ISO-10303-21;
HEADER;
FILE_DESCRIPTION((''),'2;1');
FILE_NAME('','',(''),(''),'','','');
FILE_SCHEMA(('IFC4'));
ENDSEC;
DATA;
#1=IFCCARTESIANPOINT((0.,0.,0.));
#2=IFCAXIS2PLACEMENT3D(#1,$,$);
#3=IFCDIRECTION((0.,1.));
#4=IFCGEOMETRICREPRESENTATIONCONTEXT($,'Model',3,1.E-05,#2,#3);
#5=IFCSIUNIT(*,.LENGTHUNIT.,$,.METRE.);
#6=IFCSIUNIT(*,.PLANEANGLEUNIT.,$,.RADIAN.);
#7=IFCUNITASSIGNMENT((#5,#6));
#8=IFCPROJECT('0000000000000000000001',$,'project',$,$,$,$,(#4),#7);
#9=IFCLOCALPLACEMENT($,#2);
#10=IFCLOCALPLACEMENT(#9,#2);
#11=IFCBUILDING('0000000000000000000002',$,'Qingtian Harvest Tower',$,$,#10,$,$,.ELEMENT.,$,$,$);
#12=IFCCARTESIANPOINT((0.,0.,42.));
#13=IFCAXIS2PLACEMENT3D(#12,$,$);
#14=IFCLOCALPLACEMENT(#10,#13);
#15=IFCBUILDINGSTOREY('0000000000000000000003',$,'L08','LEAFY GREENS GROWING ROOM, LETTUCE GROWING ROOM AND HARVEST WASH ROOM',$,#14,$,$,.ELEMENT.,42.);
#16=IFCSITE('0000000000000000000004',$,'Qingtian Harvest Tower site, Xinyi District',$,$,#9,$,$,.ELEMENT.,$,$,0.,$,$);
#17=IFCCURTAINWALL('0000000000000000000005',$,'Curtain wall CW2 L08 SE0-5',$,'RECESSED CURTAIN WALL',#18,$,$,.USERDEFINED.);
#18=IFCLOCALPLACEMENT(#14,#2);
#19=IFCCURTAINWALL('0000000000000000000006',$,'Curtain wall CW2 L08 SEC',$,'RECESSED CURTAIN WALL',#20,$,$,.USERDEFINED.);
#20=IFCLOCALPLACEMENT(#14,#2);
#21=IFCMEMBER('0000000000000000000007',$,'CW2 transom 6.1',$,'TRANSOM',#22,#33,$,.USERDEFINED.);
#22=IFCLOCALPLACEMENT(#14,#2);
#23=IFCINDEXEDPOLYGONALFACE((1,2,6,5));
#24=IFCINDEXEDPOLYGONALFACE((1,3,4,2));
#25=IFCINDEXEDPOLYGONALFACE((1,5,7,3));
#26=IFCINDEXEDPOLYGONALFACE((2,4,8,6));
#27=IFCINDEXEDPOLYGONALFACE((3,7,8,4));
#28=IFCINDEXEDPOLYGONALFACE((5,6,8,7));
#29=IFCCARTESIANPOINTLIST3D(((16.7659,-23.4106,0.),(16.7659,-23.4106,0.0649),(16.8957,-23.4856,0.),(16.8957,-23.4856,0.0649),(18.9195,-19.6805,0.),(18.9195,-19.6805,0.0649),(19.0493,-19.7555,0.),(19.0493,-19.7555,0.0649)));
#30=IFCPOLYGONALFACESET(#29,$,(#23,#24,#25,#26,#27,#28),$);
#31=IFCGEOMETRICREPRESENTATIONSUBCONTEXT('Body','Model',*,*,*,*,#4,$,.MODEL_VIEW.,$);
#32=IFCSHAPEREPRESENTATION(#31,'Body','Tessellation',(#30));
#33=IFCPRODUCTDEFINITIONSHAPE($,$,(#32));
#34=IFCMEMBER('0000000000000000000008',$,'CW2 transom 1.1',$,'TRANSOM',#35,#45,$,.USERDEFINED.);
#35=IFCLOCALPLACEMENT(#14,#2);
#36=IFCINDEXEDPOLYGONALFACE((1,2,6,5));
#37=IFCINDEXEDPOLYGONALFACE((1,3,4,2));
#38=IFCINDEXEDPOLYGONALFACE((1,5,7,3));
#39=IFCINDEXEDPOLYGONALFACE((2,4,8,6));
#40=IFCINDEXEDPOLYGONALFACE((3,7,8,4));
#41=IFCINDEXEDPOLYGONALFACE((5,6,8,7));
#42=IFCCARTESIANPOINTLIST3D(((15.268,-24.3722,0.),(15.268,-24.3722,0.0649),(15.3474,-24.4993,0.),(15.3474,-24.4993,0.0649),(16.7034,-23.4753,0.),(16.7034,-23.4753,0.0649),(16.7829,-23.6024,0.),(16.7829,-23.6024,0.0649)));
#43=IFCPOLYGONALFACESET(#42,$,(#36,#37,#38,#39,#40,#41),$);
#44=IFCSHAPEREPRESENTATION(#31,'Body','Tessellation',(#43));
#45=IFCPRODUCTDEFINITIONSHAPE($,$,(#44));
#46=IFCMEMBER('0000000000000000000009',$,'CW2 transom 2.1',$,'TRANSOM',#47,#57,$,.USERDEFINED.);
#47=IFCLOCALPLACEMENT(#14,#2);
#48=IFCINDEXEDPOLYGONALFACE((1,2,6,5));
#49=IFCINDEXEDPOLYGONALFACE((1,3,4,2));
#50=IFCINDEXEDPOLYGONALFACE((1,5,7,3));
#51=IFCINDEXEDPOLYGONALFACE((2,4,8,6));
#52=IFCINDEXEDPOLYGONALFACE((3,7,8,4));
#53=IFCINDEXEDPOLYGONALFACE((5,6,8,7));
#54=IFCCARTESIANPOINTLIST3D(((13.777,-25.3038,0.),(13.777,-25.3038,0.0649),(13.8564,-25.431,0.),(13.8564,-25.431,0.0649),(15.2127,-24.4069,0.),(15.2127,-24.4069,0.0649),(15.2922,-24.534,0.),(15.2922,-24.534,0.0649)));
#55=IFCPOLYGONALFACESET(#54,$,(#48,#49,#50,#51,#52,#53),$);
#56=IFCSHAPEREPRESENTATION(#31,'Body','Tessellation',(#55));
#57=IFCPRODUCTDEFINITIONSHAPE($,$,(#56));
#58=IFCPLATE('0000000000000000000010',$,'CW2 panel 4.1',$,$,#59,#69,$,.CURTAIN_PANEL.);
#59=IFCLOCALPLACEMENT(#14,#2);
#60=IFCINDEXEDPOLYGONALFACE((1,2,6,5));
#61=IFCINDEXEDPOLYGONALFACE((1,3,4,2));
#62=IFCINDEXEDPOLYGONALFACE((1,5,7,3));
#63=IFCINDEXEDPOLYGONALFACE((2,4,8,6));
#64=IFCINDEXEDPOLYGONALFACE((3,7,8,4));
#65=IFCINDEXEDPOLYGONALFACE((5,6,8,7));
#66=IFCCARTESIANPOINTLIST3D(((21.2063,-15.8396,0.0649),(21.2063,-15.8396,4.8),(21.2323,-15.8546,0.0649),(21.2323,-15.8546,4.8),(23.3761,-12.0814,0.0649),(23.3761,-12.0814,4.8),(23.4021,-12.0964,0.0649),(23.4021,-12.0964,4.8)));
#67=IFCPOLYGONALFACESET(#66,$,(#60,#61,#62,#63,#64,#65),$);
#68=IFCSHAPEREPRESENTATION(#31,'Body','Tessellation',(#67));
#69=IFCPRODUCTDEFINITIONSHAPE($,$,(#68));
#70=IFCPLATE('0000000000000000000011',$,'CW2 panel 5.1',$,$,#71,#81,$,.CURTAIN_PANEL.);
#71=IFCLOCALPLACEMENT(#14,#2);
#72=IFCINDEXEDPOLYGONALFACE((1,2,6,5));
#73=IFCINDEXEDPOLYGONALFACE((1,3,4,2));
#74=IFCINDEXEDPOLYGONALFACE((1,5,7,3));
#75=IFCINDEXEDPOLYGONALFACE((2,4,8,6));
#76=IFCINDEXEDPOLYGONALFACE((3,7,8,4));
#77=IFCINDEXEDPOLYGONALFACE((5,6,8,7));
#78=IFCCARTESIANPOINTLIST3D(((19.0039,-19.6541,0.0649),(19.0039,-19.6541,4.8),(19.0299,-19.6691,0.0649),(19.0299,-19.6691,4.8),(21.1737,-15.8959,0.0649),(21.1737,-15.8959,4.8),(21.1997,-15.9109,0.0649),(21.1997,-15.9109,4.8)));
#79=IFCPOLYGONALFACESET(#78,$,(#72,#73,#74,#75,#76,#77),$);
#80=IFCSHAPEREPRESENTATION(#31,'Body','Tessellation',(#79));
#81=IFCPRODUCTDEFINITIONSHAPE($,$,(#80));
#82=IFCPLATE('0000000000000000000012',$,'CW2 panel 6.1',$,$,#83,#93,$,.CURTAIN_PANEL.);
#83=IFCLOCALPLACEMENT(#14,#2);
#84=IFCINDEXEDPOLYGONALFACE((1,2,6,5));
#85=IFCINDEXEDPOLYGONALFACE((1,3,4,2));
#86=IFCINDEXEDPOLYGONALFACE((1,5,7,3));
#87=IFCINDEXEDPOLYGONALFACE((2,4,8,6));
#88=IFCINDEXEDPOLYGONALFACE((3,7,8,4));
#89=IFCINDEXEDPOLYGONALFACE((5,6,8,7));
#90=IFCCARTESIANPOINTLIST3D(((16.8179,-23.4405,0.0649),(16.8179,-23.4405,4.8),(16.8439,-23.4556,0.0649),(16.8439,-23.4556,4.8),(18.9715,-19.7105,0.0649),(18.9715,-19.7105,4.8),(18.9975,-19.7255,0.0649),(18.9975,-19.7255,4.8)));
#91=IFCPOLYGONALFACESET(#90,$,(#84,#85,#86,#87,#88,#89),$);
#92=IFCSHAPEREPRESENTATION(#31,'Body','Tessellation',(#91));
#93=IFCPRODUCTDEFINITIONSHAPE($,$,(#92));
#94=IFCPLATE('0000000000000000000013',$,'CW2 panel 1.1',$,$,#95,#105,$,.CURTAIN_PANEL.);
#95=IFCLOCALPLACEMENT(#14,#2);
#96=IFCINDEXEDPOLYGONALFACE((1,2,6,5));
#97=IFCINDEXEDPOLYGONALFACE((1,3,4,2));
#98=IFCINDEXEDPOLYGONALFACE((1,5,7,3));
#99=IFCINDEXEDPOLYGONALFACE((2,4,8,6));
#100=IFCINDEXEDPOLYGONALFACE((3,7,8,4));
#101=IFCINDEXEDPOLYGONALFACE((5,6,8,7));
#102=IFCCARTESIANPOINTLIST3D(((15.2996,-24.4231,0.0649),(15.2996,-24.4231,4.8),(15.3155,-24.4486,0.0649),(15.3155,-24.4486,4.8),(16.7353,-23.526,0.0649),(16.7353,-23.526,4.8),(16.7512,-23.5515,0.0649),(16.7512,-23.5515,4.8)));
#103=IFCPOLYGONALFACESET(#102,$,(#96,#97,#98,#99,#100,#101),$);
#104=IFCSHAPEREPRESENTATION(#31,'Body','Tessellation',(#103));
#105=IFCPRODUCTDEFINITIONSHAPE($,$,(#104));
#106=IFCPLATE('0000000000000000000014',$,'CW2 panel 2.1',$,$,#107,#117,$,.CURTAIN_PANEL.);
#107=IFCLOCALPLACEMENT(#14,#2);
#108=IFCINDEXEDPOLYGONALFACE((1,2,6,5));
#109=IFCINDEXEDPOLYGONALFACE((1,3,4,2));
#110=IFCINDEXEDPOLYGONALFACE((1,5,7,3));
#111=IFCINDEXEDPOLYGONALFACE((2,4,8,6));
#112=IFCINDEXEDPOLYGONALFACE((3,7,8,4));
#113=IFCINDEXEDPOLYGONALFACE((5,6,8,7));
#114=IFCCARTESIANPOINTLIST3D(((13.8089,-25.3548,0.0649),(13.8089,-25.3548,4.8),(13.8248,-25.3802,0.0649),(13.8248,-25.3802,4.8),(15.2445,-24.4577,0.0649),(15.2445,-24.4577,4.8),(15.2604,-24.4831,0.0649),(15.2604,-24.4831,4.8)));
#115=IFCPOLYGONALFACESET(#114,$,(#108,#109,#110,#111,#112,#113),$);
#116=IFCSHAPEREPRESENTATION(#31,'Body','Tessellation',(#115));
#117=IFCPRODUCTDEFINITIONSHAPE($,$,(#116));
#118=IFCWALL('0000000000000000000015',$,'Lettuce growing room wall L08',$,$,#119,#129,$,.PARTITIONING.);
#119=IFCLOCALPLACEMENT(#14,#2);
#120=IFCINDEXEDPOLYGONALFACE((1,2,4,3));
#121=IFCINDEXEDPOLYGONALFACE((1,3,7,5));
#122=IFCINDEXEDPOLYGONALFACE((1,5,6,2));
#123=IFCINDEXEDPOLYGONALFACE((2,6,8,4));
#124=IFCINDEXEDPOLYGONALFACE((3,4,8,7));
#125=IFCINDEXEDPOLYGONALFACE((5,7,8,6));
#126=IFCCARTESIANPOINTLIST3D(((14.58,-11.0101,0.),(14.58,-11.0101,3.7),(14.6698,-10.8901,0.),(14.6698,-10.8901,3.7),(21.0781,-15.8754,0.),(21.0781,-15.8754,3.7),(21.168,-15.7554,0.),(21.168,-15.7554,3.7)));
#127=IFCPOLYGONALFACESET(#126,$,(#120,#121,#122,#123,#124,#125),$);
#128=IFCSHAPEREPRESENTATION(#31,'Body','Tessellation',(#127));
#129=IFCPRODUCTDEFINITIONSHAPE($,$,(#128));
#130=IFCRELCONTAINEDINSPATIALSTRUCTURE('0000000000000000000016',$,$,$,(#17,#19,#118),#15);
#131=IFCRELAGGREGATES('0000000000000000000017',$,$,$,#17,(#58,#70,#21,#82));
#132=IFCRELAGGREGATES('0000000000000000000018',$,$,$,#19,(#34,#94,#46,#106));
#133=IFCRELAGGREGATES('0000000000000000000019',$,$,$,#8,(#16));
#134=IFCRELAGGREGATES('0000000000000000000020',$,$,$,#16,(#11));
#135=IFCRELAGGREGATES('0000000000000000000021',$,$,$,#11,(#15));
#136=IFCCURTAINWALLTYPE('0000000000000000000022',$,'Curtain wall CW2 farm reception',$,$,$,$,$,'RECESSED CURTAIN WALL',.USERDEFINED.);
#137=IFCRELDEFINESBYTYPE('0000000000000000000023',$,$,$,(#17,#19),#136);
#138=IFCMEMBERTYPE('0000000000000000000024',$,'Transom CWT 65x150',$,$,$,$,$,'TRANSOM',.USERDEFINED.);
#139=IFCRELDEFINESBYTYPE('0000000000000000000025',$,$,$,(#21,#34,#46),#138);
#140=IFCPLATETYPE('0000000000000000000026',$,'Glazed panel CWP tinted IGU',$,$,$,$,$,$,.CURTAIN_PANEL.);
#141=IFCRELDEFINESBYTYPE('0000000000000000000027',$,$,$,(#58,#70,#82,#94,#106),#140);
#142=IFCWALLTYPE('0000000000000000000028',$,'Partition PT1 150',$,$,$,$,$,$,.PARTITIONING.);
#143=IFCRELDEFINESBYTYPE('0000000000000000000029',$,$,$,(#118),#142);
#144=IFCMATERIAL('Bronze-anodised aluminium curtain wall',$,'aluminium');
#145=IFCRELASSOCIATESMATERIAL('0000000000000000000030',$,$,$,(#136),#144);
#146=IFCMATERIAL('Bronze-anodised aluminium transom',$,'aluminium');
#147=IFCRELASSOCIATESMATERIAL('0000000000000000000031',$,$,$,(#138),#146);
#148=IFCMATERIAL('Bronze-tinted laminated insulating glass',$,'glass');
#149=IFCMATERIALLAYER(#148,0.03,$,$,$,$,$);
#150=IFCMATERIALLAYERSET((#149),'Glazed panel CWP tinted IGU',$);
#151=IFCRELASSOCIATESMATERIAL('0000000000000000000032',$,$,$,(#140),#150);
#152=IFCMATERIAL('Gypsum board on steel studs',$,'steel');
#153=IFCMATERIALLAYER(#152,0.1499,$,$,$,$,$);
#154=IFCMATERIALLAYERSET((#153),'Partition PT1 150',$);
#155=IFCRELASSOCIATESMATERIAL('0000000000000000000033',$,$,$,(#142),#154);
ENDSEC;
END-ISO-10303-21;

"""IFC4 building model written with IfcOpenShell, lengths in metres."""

from ifc_helpers import new_model, si_unit, direction, frame, frame_2d, origin, origin_2d, place, context, subcontext, project, spatial, rectangle, extrude, material, layer, layer_set, material_profile, profile_set, type_object, element, aggregate, save


model = new_model("IFC4")

# Units and contexts
model_context = context("Model", 3, precision=1e-05, world=origin(), true_north=direction((0.0, 1.0)))
body_context = subcontext(model_context, "Body", "Model", "MODEL_VIEW")
ifc_project = project(units=[si_unit("LENGTHUNIT", "METRE"), si_unit("PLANEANGLEUNIT", "RADIAN")], contexts=[model_context])

# Site, building, storey
site_placement = place(None, origin())
site = spatial("IfcSite", under=ifc_project, at=site_placement, Name="Qingtian Harvest Tower site, Xinyi District", CompositionType="ELEMENT", RefElevation=0.0)
building_placement = place(site_placement, origin())
building = spatial("IfcBuilding", under=site, at=building_placement, Name="Qingtian Harvest Tower", CompositionType="ELEMENT")
storey_placement = place(building_placement, frame((0.0, 0.0, 42.0)))
storey = spatial("IfcBuildingStorey", under=building, at=storey_placement, Name="L08", Description="LEAFY GREENS GROWING ROOM, LETTUCE GROWING ROOM AND HARVEST WASH ROOM", CompositionType="ELEMENT", Elevation=42.0)

# Curtain walls
ifc_material_1 = material(Name="Bronze-anodised aluminium curtain wall", Category="aluminium")
curtain_wall_type = type_object("IfcCurtainWallType", Name="Curtain wall CW2 farm reception", ElementType="RECESSED CURTAIN WALL", PredefinedType="USERDEFINED", material=ifc_material_1)
curtain_wall_1_placement = place(storey_placement, origin())
curtain_wall_1 = element("IfcCurtainWall", 1, at=curtain_wall_1_placement, inside=storey, type_object=curtain_wall_type, Name="Curtain wall CW2 L08 SE0-5", ObjectType="RECESSED CURTAIN WALL", PredefinedType="USERDEFINED")
curtain_wall_2_placement = place(storey_placement, origin())
curtain_wall_2 = element("IfcCurtainWall", 2, at=curtain_wall_2_placement, inside=storey, type_object=curtain_wall_type, Name="Curtain wall CW2 L08 SEC", ObjectType="RECESSED CURTAIN WALL", PredefinedType="USERDEFINED")

# Members
ifc_material_2 = material(Name="Bronze-anodised aluminium transom", Category="aluminium")
ifc_material_profile_1 = material_profile(ifc_material_2, rectangle(XDim=0.1499, YDim=0.0649, at=origin_2d()), Name="AL 65x150")
ifc_profile_set_1 = profile_set([ifc_material_profile_1], Name="Bronze-anodised aluminium transom")
member_type_1 = type_object("IfcMemberType", Name="Transom CWT 65x150", ElementType="TRANSOM", PredefinedType="USERDEFINED", material=ifc_profile_set_1)
member_1_placement = place(storey_placement, frame((18.9844, -19.718, 0.0325), z_axis=(-0.50001, -0.866019, 0.0), x_axis=(0.866019, -0.50001, 0.0)))
member_1 = element("IfcMember", 3, at=member_1_placement, type_object=member_type_1, Name="CW2 transom 6.1", ObjectType="TRANSOM", PredefinedType="USERDEFINED", context=body_context, shape_type="SweptSolid", body=[
    extrude(rectangle(XDim=0.1499, YDim=0.0649, at=origin_2d()), origin(), (0.0, 0.0, 1.0), 4.3071),
])
member_2_placement = place(storey_placement, frame((16.7432, -23.5388, 0.0325), z_axis=(-0.848063, -0.529895, 0.0), x_axis=(0.529895, -0.848063, 0.0)))
member_2 = element("IfcMember", 4, at=member_2_placement, type_object=member_type_1, Name="CW2 transom 1.1", ObjectType="TRANSOM", PredefinedType="USERDEFINED", context=body_context, shape_type="SweptSolid", body=[
    extrude(rectangle(XDim=0.1499, YDim=0.0649, at=origin_2d()), origin(), (0.0, 0.0, 1.0), 1.6926),
])
member_3_placement = place(storey_placement, frame((15.2524, -24.4705, 0.0325), z_axis=(-0.848104, -0.52983, 0.0), x_axis=(0.52983, -0.848104, 0.0)))
member_3 = element("IfcMember", 5, at=member_3_placement, type_object=member_type_1, Name="CW2 transom 2.1", ObjectType="TRANSOM", PredefinedType="USERDEFINED", context=body_context, shape_type="SweptSolid", body=[
    extrude(rectangle(XDim=0.1499, YDim=0.0649, at=origin_2d()), origin(), (0.0, 0.0, 1.0), 1.6929),
])

# Plates
ifc_material_3 = material(Name="Bronze-tinted laminated insulating glass", Category="glass")
ifc_layer_1 = layer(ifc_material_3, 0.03)
ifc_layer_set_1 = layer_set([ifc_layer_1], Name="Glazed panel CWP tinted IGU")
plate_type = type_object("IfcPlateType", Name="Glazed panel CWP tinted IGU", PredefinedType="CURTAIN_PANEL", material=ifc_layer_set_1)
plate_1_placement = place(storey_placement, frame((22.3042, -13.968, 0.0649), z_axis=(0.0, 0.0, 1.0), x_axis=(-0.5, -0.866025, 0.0)))
plate_1 = element("IfcPlate", 6, at=plate_1_placement, type_object=plate_type, Name="CW2 panel 4.1", PredefinedType="CURTAIN_PANEL", context=body_context, shape_type="SweptSolid", body=[
    extrude(rectangle(XDim=4.3396, YDim=0.03, at=origin_2d()), origin(), (0.0, 0.0, 1.0), 4.7351),
])
plate_2_placement = place(storey_placement, frame((20.1018, -17.7825, 0.0649), z_axis=(0.0, 0.0, 1.0), x_axis=(-0.5, -0.866025, 0.0)))
plate_2 = element("IfcPlate", 7, at=plate_2_placement, type_object=plate_type, Name="CW2 panel 5.1", PredefinedType="CURTAIN_PANEL", context=body_context, shape_type="SweptSolid", body=[
    extrude(rectangle(XDim=4.3396, YDim=0.03, at=origin_2d()), origin(), (0.0, 0.0, 1.0), 4.7351),
])
plate_3_placement = place(storey_placement, frame((17.9077, -21.583, 0.0649), z_axis=(0.0, 0.0, 1.0), x_axis=(-0.5, -0.866025, 0.0)))
plate_3 = element("IfcPlate", 8, at=plate_3_placement, type_object=plate_type, Name="CW2 panel 6.1", PredefinedType="CURTAIN_PANEL", context=body_context, shape_type="SweptSolid", body=[
    extrude(rectangle(XDim=4.3071, YDim=0.03, at=origin_2d()), origin(), (0.0, 0.0, 1.0), 4.7351),
])
aggregate(curtain_wall_1, [plate_1, plate_2, member_1, plate_3])
plate_4_placement = place(storey_placement, frame((16.0254, -23.9873, 0.0649), z_axis=(0.0, 0.0, 1.0), x_axis=(-0.848048, -0.529919, 0.0)))
plate_4 = element("IfcPlate", 9, at=plate_4_placement, type_object=plate_type, Name="CW2 panel 1.1", PredefinedType="CURTAIN_PANEL", context=body_context, shape_type="SweptSolid", body=[
    extrude(rectangle(XDim=1.6929, YDim=0.03, at=origin_2d()), origin(), (0.0, 0.0, 1.0), 4.7351),
])
plate_5_placement = place(storey_placement, frame((14.5347, -24.9189, 0.0649), z_axis=(0.0, 0.0, 1.0), x_axis=(-0.848048, -0.529919, 0.0)))
plate_5 = element("IfcPlate", 10, at=plate_5_placement, type_object=plate_type, Name="CW2 panel 2.1", PredefinedType="CURTAIN_PANEL", context=body_context, shape_type="SweptSolid", body=[
    extrude(rectangle(XDim=1.6929, YDim=0.03, at=origin_2d()), origin(), (0.0, 0.0, 1.0), 4.7351),
])
aggregate(curtain_wall_2, [member_2, plate_4, member_3, plate_5])

# Wall
ifc_material_4 = material(Name="Gypsum board on steel studs", Category="steel")
ifc_layer_2 = layer(ifc_material_4, 0.1499)
ifc_layer_set_2 = layer_set([ifc_layer_2], Name="Partition PT1 150")
wall_type = type_object("IfcWallType", Name="Partition PT1 150", PredefinedType="PARTITIONING", material=ifc_layer_set_2)
wall_placement = place(storey_placement, frame((21.123, -15.8154, 0.0), z_axis=(0.0, 0.0, 1.0), x_axis=(-0.800491, 0.599345, 0.0)))
element("IfcWall", 11, at=wall_placement, inside=storey, type_object=wall_type, Name="Lettuce growing room wall L08", PredefinedType="PARTITIONING", context=body_context, shape_type="SweptSolid", body=[
    extrude(rectangle(XDim=8.1177, YDim=0.1499, at=frame_2d((4.0588, 0.0))), origin(), (0.0, 0.0, 1.0), 3.7),
])

save(model, "model.ifc")
